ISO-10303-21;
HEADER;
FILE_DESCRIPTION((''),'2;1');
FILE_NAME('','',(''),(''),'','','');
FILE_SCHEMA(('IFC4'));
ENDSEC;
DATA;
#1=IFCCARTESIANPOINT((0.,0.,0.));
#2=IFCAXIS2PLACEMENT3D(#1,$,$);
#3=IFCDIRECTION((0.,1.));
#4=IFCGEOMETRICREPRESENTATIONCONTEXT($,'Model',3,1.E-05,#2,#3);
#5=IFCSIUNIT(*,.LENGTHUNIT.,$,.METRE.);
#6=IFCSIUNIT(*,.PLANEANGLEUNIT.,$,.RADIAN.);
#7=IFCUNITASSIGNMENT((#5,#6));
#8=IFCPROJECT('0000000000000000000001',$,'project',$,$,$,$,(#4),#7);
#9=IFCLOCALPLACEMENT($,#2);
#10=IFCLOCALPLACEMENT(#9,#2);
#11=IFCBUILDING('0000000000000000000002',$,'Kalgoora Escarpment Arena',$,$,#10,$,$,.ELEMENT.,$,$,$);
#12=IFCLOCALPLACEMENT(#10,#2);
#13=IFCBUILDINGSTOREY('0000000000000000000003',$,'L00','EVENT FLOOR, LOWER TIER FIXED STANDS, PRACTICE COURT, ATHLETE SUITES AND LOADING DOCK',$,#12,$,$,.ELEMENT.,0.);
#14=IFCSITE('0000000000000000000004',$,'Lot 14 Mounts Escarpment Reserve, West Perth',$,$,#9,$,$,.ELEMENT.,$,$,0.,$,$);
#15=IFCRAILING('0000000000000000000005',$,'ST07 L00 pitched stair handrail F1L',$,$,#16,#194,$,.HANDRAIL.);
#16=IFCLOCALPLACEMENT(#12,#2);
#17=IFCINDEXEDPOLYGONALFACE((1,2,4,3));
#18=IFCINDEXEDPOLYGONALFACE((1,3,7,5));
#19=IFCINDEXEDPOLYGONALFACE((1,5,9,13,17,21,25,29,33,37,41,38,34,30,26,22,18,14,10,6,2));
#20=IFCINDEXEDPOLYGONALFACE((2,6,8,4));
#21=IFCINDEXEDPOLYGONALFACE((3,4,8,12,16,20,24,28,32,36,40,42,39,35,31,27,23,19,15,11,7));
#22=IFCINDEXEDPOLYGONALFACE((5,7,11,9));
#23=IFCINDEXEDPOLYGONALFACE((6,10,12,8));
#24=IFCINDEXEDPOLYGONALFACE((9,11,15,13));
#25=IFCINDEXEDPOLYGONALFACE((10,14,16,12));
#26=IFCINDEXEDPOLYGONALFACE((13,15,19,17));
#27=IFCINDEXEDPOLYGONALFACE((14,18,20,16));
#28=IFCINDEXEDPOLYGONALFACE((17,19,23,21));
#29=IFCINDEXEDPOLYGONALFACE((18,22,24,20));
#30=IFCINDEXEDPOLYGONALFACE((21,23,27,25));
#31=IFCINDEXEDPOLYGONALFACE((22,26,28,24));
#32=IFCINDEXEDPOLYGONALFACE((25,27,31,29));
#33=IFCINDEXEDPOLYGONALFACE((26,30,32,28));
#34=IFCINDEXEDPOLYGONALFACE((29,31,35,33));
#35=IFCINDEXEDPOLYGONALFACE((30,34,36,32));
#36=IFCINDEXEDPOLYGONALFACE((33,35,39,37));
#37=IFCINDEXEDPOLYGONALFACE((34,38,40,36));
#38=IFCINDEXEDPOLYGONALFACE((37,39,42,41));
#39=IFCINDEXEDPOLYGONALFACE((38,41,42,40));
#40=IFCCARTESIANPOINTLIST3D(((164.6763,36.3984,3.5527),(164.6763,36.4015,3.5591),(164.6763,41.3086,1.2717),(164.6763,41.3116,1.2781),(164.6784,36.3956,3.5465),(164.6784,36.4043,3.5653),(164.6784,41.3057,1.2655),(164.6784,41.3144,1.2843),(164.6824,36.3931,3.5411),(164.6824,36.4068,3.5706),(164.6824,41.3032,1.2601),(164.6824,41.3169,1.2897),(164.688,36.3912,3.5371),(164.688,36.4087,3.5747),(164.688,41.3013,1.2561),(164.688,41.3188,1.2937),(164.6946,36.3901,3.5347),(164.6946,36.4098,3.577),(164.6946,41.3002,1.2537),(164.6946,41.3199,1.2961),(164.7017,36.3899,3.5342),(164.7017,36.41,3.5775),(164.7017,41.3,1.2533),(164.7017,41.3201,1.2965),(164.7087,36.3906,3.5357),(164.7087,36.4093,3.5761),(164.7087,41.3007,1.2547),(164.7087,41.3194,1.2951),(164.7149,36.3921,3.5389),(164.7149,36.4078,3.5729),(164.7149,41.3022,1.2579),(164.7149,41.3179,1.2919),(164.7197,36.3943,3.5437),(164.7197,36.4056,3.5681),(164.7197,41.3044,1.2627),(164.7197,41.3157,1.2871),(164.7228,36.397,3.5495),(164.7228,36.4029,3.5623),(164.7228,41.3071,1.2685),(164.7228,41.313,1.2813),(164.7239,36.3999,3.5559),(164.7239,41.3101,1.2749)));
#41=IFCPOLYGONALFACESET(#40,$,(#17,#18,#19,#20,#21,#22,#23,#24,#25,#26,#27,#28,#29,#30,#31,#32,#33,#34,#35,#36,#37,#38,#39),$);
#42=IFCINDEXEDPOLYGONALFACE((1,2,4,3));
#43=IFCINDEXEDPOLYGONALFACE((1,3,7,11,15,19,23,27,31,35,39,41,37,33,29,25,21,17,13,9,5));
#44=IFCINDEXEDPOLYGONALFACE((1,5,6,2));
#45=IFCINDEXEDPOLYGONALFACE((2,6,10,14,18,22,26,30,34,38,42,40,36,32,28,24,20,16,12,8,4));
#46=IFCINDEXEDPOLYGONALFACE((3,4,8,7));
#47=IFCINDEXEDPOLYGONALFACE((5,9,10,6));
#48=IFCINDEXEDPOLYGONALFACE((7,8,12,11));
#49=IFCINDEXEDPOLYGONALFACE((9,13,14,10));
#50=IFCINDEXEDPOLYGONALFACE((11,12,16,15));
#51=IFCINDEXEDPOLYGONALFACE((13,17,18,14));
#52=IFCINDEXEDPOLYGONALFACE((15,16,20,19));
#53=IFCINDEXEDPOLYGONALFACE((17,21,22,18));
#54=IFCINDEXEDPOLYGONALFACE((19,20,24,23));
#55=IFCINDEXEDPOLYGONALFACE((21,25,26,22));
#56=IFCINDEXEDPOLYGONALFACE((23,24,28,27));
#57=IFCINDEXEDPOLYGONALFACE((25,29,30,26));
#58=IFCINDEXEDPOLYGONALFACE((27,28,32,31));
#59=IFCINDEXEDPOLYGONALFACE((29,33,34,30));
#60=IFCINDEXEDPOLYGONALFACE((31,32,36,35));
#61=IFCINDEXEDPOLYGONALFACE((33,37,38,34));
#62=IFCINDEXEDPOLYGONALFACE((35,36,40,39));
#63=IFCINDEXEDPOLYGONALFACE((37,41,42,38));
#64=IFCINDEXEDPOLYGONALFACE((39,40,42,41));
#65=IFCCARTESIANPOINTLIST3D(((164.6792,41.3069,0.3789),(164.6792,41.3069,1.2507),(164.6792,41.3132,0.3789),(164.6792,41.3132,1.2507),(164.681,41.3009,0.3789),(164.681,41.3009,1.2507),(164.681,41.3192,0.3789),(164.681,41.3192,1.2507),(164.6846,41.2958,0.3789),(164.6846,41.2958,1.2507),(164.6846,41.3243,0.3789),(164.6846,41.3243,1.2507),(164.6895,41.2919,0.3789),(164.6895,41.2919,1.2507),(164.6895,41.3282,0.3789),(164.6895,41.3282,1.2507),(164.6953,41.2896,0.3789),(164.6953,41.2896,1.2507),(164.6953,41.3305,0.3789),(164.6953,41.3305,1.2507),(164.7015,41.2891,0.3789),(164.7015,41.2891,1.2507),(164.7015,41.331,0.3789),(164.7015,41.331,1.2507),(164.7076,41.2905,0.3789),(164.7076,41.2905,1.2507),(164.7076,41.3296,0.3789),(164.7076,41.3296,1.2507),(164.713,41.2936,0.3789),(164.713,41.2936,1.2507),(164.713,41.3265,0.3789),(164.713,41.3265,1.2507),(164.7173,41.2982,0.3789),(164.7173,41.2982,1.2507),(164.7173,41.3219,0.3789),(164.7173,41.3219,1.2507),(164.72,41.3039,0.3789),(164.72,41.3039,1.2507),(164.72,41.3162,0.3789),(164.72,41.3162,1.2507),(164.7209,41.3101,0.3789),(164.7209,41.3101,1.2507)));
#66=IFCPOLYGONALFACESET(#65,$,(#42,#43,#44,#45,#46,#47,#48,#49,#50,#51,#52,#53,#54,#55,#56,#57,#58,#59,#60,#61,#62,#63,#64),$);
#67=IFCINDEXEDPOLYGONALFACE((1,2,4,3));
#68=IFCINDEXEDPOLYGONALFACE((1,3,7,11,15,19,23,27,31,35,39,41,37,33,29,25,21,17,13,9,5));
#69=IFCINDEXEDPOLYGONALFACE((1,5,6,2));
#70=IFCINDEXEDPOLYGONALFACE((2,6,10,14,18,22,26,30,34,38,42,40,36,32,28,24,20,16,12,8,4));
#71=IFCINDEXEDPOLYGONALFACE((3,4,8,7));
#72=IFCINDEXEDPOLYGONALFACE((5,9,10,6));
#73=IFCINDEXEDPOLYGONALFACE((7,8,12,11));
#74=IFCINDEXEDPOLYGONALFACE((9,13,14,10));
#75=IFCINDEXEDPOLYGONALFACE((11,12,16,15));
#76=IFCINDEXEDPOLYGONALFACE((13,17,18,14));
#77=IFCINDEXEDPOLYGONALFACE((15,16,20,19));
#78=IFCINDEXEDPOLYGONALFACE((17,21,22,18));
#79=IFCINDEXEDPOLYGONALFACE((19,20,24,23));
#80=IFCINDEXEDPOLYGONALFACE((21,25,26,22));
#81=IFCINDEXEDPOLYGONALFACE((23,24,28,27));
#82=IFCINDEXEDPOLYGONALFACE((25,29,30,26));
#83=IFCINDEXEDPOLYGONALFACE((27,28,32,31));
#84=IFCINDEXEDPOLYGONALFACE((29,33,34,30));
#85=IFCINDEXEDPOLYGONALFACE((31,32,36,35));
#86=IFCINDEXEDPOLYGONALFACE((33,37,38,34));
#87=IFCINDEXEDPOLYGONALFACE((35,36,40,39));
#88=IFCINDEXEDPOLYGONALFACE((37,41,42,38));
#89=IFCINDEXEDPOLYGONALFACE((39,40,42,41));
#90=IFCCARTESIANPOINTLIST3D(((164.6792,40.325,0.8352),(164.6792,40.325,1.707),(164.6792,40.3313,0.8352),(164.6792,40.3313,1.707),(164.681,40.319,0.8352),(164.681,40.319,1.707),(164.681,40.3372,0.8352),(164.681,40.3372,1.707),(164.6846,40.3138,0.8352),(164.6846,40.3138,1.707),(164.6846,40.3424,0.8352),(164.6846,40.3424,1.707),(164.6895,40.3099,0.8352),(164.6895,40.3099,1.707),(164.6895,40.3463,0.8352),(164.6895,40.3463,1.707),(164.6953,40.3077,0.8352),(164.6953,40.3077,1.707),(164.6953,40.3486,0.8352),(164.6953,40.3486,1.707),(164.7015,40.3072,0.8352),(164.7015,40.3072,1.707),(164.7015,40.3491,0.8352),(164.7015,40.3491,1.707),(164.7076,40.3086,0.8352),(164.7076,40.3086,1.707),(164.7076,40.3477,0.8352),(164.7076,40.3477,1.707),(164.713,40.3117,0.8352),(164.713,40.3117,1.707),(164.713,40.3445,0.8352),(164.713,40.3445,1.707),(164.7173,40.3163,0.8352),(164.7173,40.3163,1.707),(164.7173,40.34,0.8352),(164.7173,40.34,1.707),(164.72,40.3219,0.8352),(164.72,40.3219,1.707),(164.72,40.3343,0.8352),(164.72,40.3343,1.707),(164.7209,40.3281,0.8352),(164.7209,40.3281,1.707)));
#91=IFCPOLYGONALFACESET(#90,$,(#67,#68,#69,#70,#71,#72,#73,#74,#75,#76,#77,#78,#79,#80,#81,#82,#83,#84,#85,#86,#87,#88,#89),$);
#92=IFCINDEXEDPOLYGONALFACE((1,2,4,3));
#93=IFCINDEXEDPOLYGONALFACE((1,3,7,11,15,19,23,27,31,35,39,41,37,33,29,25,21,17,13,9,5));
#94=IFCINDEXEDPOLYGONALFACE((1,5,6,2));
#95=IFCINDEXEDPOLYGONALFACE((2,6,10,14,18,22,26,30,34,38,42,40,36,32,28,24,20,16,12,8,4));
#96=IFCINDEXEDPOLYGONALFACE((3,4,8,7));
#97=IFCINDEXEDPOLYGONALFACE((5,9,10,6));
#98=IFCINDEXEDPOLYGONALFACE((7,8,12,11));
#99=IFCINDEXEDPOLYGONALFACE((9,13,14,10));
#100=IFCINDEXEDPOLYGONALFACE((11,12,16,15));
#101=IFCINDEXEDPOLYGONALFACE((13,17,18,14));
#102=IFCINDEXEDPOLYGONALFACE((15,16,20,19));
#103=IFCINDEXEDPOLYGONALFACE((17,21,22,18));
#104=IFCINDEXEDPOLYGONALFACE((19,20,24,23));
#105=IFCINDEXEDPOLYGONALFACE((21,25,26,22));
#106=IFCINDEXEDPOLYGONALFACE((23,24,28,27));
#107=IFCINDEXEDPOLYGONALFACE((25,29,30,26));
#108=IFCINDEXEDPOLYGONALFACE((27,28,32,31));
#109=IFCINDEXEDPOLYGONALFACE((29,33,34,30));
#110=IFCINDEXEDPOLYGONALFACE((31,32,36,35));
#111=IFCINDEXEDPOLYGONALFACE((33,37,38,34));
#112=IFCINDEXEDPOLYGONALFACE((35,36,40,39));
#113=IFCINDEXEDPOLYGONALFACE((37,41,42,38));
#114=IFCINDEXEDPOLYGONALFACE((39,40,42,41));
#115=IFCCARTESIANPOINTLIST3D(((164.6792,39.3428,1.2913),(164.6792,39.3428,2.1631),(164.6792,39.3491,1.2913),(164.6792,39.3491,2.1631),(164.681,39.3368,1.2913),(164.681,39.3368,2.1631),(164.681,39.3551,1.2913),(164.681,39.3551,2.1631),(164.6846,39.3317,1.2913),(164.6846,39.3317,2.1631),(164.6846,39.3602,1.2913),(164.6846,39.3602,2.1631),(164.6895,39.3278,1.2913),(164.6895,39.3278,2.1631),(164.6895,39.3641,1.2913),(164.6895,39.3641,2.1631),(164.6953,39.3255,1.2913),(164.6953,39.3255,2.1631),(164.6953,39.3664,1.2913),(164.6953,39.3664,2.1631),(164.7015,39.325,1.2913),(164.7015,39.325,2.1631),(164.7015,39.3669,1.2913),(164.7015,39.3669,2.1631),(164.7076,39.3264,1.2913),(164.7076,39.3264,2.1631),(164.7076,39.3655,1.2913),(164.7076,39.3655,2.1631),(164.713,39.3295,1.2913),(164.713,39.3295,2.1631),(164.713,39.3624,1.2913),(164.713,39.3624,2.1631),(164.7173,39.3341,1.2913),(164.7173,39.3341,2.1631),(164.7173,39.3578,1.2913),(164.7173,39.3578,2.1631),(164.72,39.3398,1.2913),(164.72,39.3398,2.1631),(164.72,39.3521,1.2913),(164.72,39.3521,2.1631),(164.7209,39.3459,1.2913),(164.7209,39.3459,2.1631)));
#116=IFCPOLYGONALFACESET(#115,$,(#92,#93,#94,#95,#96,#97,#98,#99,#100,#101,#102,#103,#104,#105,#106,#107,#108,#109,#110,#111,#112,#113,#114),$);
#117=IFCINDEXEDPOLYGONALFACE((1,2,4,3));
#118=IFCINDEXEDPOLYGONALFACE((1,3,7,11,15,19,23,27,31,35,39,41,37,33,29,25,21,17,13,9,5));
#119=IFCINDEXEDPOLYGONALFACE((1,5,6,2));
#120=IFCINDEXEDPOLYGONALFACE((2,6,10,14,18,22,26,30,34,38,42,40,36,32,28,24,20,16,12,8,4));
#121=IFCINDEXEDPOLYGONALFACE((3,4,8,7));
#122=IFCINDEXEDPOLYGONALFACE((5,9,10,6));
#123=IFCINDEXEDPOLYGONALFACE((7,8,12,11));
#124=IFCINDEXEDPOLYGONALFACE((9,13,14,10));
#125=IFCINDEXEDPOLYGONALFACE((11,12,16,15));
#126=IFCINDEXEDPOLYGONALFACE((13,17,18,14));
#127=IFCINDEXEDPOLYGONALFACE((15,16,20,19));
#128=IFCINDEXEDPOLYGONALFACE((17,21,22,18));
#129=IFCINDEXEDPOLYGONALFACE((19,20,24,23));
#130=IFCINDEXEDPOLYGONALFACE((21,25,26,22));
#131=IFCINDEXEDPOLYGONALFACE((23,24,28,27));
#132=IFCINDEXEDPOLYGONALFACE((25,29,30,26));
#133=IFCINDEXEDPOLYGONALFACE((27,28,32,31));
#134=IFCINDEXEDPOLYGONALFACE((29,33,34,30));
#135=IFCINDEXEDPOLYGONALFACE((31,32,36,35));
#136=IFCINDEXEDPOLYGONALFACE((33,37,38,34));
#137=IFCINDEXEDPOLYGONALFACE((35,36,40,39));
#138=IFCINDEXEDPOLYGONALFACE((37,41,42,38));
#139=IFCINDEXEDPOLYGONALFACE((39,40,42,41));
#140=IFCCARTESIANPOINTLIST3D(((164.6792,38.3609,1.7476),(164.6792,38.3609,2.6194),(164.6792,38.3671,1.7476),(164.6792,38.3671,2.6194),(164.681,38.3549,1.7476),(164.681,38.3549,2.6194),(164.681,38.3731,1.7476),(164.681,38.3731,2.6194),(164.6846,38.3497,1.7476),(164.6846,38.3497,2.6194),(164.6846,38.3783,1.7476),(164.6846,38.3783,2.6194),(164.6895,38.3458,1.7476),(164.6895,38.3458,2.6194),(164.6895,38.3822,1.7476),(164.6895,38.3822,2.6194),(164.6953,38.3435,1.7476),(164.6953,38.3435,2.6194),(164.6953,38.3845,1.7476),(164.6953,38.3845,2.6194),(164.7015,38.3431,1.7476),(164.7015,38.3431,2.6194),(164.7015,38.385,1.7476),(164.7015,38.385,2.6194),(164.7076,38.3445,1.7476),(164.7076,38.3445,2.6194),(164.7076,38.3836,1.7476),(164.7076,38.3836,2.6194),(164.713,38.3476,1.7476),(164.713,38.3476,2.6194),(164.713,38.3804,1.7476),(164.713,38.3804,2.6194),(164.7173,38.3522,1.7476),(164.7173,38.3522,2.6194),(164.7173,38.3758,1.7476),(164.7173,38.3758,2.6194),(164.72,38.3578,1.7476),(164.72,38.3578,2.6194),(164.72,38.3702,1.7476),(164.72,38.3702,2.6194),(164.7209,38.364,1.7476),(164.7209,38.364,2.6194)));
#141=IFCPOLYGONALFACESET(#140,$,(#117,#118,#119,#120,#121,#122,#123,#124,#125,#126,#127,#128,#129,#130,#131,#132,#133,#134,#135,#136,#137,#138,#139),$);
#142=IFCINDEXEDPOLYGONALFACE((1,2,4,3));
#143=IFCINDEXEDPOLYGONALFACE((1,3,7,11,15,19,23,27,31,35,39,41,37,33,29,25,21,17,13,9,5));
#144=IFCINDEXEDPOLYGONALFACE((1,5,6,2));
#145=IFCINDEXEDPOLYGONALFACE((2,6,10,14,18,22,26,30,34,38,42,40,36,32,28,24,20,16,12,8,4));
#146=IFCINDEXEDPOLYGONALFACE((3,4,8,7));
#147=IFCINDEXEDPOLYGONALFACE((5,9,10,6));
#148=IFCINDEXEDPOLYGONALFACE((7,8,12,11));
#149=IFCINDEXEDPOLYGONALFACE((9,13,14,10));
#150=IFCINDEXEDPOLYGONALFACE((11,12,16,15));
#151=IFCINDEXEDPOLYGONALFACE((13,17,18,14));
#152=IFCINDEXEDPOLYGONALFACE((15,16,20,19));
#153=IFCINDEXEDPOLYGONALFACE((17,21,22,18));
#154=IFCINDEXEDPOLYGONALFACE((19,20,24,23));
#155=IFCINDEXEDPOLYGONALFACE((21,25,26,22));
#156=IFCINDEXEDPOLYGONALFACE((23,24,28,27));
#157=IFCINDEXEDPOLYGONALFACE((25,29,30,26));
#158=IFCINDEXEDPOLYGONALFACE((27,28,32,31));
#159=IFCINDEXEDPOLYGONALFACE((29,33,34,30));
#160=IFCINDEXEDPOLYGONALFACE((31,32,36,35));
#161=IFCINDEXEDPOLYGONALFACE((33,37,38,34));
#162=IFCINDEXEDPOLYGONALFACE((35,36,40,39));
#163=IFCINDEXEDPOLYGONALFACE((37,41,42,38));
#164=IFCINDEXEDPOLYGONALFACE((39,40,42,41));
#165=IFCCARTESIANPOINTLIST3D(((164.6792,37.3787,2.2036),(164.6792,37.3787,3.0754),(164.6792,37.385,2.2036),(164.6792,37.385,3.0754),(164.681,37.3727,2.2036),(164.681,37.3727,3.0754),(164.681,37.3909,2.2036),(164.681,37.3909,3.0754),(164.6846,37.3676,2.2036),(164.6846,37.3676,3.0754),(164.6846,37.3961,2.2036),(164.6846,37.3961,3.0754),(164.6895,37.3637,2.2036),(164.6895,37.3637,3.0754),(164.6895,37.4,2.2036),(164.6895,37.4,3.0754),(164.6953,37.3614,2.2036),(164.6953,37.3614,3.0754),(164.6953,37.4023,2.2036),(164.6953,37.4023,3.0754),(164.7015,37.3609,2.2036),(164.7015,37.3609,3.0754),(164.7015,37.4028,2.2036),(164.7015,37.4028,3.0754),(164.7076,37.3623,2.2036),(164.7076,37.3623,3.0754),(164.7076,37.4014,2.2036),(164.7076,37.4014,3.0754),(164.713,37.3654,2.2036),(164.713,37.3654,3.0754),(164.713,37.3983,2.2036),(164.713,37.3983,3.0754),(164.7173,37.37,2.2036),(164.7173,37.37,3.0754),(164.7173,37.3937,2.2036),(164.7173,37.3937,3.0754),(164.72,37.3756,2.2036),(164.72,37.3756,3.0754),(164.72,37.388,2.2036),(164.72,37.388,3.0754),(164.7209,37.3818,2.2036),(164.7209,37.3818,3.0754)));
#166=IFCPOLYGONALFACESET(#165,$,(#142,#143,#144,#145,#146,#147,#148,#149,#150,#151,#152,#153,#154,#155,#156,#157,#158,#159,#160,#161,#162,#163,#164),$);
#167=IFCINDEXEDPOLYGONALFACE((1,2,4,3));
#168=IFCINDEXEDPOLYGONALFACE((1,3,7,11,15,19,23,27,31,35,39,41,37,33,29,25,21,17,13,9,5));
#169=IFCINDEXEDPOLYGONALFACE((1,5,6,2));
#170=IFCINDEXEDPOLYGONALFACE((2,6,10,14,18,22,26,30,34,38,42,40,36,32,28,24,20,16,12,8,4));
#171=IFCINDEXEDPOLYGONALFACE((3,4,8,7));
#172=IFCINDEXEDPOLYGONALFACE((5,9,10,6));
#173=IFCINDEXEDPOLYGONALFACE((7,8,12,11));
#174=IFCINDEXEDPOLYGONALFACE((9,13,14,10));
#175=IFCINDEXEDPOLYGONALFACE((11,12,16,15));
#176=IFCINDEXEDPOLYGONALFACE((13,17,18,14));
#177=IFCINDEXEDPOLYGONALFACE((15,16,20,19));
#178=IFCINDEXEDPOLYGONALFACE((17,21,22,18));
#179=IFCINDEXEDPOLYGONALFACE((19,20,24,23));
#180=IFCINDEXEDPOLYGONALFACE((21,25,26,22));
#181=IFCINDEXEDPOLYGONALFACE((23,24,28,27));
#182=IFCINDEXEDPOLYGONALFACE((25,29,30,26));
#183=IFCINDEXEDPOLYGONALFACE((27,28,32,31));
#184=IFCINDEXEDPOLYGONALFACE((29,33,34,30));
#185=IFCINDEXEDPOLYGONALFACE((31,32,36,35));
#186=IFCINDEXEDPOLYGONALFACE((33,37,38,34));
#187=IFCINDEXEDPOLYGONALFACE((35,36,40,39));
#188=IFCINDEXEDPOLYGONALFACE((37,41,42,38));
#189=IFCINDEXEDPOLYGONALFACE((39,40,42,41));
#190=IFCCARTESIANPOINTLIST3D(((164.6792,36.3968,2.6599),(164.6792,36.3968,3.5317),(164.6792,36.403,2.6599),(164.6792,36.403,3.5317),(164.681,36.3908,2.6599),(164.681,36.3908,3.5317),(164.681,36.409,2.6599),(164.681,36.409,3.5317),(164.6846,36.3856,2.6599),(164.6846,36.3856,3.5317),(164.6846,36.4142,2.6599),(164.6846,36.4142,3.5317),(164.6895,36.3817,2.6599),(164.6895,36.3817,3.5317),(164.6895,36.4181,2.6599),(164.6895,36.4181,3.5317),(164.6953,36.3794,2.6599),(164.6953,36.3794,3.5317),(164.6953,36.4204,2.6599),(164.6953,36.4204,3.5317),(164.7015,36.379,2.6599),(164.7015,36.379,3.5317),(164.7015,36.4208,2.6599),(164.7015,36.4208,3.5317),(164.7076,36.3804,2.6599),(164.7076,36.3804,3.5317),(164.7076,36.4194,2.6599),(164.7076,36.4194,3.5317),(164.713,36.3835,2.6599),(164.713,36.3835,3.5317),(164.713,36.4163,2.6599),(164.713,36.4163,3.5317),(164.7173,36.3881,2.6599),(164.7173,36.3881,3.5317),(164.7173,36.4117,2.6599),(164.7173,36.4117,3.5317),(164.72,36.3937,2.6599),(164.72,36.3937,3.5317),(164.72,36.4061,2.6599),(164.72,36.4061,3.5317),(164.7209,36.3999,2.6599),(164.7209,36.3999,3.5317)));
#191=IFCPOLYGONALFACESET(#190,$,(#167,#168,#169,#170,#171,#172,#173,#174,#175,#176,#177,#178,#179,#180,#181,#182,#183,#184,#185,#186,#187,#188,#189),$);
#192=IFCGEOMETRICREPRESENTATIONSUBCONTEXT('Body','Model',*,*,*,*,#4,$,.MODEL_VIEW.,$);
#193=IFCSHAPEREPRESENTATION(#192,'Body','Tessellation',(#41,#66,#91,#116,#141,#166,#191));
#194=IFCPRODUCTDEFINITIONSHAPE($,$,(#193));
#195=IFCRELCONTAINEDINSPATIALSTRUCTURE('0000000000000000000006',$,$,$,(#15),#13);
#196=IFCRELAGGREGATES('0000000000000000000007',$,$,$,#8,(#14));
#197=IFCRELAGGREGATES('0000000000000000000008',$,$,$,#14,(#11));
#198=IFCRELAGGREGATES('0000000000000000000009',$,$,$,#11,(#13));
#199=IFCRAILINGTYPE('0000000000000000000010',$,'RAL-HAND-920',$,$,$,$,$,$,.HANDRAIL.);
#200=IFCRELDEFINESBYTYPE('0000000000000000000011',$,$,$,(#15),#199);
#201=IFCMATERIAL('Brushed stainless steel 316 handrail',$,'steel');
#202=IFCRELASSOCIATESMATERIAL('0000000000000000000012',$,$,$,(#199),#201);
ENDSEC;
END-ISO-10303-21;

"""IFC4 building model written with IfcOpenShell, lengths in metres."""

from ifc_helpers import new_model, si_unit, direction, frame, origin, origin_2d, place, context, subcontext, project, spatial, circle, extrude, material, type_object, element, save


model = new_model("IFC4")

# Units and contexts
model_context = context("Model", 3, precision=1e-05, world=origin(), true_north=direction((0.0, 1.0)))
body_context = subcontext(model_context, "Body", "Model", "MODEL_VIEW")
ifc_project = project(units=[si_unit("LENGTHUNIT", "METRE"), si_unit("PLANEANGLEUNIT", "RADIAN")], contexts=[model_context])

# Site, building, storey
site_placement = place(None, origin())
site = spatial("IfcSite", under=ifc_project, at=site_placement, Name="Lot 14 Mounts Escarpment Reserve, West Perth", CompositionType="ELEMENT", RefElevation=0.0)
building_placement = place(site_placement, origin())
building = spatial("IfcBuilding", under=site, at=building_placement, Name="Kalgoora Escarpment Arena", CompositionType="ELEMENT")
storey_placement = place(building_placement, origin())
storey = spatial("IfcBuildingStorey", under=building, at=storey_placement, Name="L00", Description="EVENT FLOOR, LOWER TIER FIXED STANDS, PRACTICE COURT, ATHLETE SUITES AND LOADING DOCK", CompositionType="ELEMENT", Elevation=0.0)

# Railing
ifc_material_1 = material(Name="Brushed stainless steel 316 handrail", Category="steel")
railing_type_1 = type_object("IfcRailingType", Name="RAL-HAND-920", PredefinedType="HANDRAIL", material=ifc_material_1)
for number, where, name in (
    (1, (164.7, 41.3101, 0.3789), "ST07 L00 pitched stair handrail F1L"),
):
    element("IfcRailing", number, at=place(storey_placement, frame(where)), inside=storey, type_object=railing_type_1, Name=name, PredefinedType="HANDRAIL", context=body_context, shape_type="SweptSolid", body=[
        extrude(circle(Radius=0.0239, at=origin_2d()), frame((0.0, 0.0, 0.896), z_axis=(0.0, -0.906918, 0.421307), x_axis=(1.0, 0.0, 0.0)), (0.0, 0.0, 1.0), 5.4141),
        extrude(circle(Radius=0.021, at=origin_2d()), origin(), (0.0, 0.0, 1.0), 0.8718),
        extrude(circle(Radius=0.021, at=origin_2d()), frame((0.0, -0.9819, 0.4563)), (0.0, 0.0, 1.0), 0.8718),
        extrude(circle(Radius=0.021, at=origin_2d()), frame((0.0, -1.9641, 0.9124)), (0.0, 0.0, 1.0), 0.8718),
        extrude(circle(Radius=0.021, at=origin_2d()), frame((0.0, -2.946, 1.3687)), (0.0, 0.0, 1.0), 0.8718),
        extrude(circle(Radius=0.021, at=origin_2d()), frame((0.0, -3.9282, 1.8247)), (0.0, 0.0, 1.0), 0.8718),
        extrude(circle(Radius=0.021, at=origin_2d()), frame((0.0, -4.9102, 2.281)), (0.0, 0.0, 1.0), 0.8718),
    ])

save(model, "model.ifc")
